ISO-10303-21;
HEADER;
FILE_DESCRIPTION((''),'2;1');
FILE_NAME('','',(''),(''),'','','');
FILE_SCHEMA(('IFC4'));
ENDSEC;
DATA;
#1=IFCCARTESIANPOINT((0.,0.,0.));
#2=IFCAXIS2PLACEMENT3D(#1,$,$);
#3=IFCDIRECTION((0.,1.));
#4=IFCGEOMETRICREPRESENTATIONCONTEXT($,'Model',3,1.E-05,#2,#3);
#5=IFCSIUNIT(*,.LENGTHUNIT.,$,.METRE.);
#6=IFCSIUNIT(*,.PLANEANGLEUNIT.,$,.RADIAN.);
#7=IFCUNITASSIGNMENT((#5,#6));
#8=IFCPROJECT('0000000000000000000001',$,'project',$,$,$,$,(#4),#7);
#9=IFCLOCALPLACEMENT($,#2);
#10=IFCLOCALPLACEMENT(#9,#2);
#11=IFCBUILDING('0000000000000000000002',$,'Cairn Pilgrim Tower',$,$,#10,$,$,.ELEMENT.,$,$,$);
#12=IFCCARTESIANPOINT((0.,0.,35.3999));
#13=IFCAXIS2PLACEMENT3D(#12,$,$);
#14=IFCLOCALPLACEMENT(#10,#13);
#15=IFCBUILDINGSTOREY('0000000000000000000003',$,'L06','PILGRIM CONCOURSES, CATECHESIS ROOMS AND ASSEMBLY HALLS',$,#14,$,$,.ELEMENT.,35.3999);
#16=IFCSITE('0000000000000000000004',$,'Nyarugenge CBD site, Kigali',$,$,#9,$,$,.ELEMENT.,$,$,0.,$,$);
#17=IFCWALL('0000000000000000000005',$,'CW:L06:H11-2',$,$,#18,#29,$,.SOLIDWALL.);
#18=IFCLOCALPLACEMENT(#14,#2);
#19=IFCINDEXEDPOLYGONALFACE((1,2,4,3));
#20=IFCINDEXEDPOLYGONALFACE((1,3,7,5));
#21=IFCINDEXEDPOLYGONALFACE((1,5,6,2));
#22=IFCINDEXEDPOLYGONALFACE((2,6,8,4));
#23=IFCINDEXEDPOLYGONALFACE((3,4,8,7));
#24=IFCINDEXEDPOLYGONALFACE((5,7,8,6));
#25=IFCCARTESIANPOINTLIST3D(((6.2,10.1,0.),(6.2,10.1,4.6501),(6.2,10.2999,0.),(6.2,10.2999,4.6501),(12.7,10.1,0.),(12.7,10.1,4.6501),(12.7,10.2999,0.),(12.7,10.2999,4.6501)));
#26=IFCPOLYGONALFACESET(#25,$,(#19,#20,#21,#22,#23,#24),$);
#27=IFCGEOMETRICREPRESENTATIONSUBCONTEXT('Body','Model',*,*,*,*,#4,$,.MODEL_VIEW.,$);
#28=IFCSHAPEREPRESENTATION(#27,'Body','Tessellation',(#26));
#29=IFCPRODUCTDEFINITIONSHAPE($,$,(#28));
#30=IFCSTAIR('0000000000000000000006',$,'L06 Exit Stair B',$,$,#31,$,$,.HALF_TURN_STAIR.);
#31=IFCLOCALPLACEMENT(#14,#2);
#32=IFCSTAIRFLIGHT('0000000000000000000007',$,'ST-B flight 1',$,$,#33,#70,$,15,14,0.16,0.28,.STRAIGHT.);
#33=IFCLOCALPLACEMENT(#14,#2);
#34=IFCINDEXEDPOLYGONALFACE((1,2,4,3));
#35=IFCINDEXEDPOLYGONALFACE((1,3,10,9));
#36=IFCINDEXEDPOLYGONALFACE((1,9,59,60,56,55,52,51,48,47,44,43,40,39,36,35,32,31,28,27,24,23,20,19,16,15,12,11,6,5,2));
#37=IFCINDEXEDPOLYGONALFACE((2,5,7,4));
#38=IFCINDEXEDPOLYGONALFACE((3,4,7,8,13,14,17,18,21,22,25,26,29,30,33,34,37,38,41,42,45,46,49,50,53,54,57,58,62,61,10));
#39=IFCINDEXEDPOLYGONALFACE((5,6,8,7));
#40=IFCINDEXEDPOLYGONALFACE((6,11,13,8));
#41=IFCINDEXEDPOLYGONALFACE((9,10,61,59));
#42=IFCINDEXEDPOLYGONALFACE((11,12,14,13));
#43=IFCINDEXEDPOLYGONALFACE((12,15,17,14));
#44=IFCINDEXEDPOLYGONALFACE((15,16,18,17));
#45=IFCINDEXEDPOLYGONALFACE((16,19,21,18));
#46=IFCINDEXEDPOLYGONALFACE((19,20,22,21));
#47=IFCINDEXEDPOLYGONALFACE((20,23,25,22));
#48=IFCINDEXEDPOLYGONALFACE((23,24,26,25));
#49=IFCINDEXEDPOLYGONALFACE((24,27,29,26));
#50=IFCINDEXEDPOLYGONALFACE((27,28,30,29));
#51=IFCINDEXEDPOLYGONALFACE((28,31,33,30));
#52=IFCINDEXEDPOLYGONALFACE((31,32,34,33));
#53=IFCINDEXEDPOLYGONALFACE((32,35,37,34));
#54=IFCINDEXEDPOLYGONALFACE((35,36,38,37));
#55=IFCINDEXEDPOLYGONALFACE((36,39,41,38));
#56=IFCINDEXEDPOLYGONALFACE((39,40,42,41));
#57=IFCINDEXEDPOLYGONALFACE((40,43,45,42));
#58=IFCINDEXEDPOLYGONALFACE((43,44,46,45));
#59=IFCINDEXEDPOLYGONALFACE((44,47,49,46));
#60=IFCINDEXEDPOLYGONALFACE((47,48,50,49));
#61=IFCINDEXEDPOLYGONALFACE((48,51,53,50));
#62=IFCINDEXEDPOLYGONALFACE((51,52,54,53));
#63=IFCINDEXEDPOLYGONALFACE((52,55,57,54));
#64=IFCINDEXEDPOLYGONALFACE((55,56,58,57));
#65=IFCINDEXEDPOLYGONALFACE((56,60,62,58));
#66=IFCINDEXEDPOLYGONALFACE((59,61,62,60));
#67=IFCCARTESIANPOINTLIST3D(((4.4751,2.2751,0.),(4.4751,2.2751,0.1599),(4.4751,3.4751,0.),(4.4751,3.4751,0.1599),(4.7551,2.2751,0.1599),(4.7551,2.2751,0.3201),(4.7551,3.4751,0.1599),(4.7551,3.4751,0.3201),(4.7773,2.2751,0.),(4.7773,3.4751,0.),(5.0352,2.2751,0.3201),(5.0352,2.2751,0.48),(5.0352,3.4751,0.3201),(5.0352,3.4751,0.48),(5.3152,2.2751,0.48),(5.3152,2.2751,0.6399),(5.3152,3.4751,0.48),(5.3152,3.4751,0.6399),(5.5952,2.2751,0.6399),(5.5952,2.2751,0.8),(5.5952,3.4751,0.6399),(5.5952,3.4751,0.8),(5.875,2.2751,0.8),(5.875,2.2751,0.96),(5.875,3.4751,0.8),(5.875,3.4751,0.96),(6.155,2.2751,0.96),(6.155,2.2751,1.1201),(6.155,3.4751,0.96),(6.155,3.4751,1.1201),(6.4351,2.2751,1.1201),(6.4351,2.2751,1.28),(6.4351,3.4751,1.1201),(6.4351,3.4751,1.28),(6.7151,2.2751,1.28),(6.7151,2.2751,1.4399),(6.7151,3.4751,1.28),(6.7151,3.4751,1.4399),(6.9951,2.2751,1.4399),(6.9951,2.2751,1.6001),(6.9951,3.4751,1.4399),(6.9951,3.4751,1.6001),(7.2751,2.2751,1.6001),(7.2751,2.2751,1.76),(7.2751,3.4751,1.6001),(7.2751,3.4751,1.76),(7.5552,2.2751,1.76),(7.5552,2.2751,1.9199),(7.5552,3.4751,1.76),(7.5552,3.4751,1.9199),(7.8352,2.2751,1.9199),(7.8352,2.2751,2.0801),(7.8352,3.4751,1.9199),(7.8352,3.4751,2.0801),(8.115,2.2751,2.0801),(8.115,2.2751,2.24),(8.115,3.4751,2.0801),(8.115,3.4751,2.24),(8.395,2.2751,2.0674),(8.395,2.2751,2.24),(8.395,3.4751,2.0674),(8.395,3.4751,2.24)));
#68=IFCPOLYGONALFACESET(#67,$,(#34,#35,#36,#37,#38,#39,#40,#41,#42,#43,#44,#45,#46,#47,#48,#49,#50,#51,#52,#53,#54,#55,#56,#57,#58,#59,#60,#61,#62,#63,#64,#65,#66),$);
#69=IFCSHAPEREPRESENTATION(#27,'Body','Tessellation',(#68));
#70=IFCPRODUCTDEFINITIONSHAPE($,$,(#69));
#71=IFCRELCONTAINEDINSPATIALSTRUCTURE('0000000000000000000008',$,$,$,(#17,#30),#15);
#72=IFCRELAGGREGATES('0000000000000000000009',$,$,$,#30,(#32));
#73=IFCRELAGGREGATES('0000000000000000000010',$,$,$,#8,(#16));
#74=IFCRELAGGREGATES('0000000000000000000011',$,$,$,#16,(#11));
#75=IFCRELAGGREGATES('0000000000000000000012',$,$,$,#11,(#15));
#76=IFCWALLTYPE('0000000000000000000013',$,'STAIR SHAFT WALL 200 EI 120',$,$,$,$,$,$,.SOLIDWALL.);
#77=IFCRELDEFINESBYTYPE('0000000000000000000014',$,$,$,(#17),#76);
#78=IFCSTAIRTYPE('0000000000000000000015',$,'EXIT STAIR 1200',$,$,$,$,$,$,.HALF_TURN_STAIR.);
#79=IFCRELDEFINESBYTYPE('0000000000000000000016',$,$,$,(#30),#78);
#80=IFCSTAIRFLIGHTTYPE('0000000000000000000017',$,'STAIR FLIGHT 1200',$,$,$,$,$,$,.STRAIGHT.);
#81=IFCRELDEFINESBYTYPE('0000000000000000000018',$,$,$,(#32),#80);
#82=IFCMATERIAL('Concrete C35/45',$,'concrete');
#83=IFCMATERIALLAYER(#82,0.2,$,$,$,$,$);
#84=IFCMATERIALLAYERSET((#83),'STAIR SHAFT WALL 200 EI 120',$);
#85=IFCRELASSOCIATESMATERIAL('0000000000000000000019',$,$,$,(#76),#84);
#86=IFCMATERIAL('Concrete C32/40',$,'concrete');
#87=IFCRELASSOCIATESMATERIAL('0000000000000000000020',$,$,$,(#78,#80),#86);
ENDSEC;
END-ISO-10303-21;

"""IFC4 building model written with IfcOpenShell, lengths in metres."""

from ifc_helpers import new_model, si_unit, direction, frame, frame_2d, origin, place, context, subcontext, project, spatial, polyline, rectangle, outline, extrude, material, layer, layer_set, type_object, element, aggregate, save


model = new_model("IFC4")

# Units and contexts
model_context = context("Model", 3, precision=1e-05, world=origin(), true_north=direction((0.0, 1.0)))
body_context = subcontext(model_context, "Body", "Model", "MODEL_VIEW")
ifc_project = project(units=[si_unit("LENGTHUNIT", "METRE"), si_unit("PLANEANGLEUNIT", "RADIAN")], contexts=[model_context])

# Site, building, storey
site_placement = place(None, origin())
site = spatial("IfcSite", under=ifc_project, at=site_placement, Name="Nyarugenge CBD site, Kigali", CompositionType="ELEMENT", RefElevation=0.0)
building_placement = place(site_placement, origin())
building = spatial("IfcBuilding", under=site, at=building_placement, Name="Cairn Pilgrim Tower", CompositionType="ELEMENT")
storey_placement = place(building_placement, frame((0.0, 0.0, 35.3999)))
storey = spatial("IfcBuildingStorey", under=building, at=storey_placement, Name="L06", Description="PILGRIM CONCOURSES, CATECHESIS ROOMS AND ASSEMBLY HALLS", CompositionType="ELEMENT", Elevation=35.3999)

# Shared definitions
ifc_material_1 = material(Name="Concrete C32/40", Category="concrete")

# Shared definitions
ifc_material_2 = material(Name="Concrete C35/45", Category="concrete")

# Wall
ifc_layer_1 = layer(ifc_material_2, 0.2)
ifc_layer_set_1 = layer_set([ifc_layer_1], Name="STAIR SHAFT WALL 200 EI 120")
wall_type_1 = type_object("IfcWallType", Name="STAIR SHAFT WALL 200 EI 120", PredefinedType="SOLIDWALL", material=ifc_layer_set_1)
wall_1_placement = place(storey_placement, frame((6.2, 10.2, 0.0), z_axis=(0.0, 0.0, 1.0), x_axis=(1.0, 0.0, 0.0)))
element("IfcWall", 1, at=wall_1_placement, inside=storey, type_object=wall_type_1, Name="CW:L06:H11-2", PredefinedType="SOLIDWALL", context=body_context, shape_type="SweptSolid", body=[
    extrude(rectangle(XDim=6.5, YDim=0.2, at=frame_2d((3.25, 0.0))), origin(), (0.0, 0.0, 1.0), 4.6501),
])

# Stair, stair flight
stair_type = type_object("IfcStairType", Name="EXIT STAIR 1200", PredefinedType="HALF_TURN_STAIR", material=ifc_material_1)
stair_placement = place(storey_placement, origin())
stair = element("IfcStair", 2, at=stair_placement, inside=storey, type_object=stair_type, Name="L06 Exit Stair B", PredefinedType="HALF_TURN_STAIR")
stair_flight_type = type_object("IfcStairFlightType", Name="STAIR FLIGHT 1200", PredefinedType="STRAIGHT", material=ifc_material_1)
stair_flight_placement = place(storey_placement, frame((4.4751, 2.875, 0.0), z_axis=(0.0, 0.0, 1.0), x_axis=(1.0, 0.0, 0.0)))
stair_flight = element("IfcStairFlight", 3, at=stair_flight_placement, type_object=stair_flight_type, Name="ST-B flight 1", NumberOfRisers=15, NumberOfTreads=14, PredefinedType="STRAIGHT", RiserHeight=0.16, TreadLength=0.28, context=body_context, shape_type="SweptSolid", body=[
    extrude(outline(polyline([(0.0, 0.0), (0.0, 0.1599), (0.28, 0.1599), (0.28, 0.3201), (0.5601, 0.3201), (0.5601, 0.48), (0.8401, 0.48), (0.8401, 0.6399), (1.1201, 0.6399), (1.1201, 0.8), (1.3999, 0.8), (1.3999, 0.96), (1.6799, 0.96), (1.6799, 1.1201), (1.96, 1.1201), (1.96, 1.28), (2.24, 1.28), (2.24, 1.4399), (2.52, 1.4399), (2.52, 1.6001), (2.8, 1.6001), (2.8, 1.76), (3.0801, 1.76), (3.0801, 1.9199), (3.3601, 1.9199), (3.3601, 2.0801), (3.6399, 2.0801), (3.6399, 2.24), (3.9199, 2.24), (3.9199, 2.3999), (3.9199, 2.0674), (0.3022, 0.0), (0.0, 0.0)])), frame((0.0, 0.6001, 0.0), z_axis=(0.0, -1.0, 0.0), x_axis=(1.0, 0.0, 0.0)), (0.0, 0.0, 1.0), 1.2),
])
aggregate(stair, [stair_flight])

save(model, "model.ifc")
